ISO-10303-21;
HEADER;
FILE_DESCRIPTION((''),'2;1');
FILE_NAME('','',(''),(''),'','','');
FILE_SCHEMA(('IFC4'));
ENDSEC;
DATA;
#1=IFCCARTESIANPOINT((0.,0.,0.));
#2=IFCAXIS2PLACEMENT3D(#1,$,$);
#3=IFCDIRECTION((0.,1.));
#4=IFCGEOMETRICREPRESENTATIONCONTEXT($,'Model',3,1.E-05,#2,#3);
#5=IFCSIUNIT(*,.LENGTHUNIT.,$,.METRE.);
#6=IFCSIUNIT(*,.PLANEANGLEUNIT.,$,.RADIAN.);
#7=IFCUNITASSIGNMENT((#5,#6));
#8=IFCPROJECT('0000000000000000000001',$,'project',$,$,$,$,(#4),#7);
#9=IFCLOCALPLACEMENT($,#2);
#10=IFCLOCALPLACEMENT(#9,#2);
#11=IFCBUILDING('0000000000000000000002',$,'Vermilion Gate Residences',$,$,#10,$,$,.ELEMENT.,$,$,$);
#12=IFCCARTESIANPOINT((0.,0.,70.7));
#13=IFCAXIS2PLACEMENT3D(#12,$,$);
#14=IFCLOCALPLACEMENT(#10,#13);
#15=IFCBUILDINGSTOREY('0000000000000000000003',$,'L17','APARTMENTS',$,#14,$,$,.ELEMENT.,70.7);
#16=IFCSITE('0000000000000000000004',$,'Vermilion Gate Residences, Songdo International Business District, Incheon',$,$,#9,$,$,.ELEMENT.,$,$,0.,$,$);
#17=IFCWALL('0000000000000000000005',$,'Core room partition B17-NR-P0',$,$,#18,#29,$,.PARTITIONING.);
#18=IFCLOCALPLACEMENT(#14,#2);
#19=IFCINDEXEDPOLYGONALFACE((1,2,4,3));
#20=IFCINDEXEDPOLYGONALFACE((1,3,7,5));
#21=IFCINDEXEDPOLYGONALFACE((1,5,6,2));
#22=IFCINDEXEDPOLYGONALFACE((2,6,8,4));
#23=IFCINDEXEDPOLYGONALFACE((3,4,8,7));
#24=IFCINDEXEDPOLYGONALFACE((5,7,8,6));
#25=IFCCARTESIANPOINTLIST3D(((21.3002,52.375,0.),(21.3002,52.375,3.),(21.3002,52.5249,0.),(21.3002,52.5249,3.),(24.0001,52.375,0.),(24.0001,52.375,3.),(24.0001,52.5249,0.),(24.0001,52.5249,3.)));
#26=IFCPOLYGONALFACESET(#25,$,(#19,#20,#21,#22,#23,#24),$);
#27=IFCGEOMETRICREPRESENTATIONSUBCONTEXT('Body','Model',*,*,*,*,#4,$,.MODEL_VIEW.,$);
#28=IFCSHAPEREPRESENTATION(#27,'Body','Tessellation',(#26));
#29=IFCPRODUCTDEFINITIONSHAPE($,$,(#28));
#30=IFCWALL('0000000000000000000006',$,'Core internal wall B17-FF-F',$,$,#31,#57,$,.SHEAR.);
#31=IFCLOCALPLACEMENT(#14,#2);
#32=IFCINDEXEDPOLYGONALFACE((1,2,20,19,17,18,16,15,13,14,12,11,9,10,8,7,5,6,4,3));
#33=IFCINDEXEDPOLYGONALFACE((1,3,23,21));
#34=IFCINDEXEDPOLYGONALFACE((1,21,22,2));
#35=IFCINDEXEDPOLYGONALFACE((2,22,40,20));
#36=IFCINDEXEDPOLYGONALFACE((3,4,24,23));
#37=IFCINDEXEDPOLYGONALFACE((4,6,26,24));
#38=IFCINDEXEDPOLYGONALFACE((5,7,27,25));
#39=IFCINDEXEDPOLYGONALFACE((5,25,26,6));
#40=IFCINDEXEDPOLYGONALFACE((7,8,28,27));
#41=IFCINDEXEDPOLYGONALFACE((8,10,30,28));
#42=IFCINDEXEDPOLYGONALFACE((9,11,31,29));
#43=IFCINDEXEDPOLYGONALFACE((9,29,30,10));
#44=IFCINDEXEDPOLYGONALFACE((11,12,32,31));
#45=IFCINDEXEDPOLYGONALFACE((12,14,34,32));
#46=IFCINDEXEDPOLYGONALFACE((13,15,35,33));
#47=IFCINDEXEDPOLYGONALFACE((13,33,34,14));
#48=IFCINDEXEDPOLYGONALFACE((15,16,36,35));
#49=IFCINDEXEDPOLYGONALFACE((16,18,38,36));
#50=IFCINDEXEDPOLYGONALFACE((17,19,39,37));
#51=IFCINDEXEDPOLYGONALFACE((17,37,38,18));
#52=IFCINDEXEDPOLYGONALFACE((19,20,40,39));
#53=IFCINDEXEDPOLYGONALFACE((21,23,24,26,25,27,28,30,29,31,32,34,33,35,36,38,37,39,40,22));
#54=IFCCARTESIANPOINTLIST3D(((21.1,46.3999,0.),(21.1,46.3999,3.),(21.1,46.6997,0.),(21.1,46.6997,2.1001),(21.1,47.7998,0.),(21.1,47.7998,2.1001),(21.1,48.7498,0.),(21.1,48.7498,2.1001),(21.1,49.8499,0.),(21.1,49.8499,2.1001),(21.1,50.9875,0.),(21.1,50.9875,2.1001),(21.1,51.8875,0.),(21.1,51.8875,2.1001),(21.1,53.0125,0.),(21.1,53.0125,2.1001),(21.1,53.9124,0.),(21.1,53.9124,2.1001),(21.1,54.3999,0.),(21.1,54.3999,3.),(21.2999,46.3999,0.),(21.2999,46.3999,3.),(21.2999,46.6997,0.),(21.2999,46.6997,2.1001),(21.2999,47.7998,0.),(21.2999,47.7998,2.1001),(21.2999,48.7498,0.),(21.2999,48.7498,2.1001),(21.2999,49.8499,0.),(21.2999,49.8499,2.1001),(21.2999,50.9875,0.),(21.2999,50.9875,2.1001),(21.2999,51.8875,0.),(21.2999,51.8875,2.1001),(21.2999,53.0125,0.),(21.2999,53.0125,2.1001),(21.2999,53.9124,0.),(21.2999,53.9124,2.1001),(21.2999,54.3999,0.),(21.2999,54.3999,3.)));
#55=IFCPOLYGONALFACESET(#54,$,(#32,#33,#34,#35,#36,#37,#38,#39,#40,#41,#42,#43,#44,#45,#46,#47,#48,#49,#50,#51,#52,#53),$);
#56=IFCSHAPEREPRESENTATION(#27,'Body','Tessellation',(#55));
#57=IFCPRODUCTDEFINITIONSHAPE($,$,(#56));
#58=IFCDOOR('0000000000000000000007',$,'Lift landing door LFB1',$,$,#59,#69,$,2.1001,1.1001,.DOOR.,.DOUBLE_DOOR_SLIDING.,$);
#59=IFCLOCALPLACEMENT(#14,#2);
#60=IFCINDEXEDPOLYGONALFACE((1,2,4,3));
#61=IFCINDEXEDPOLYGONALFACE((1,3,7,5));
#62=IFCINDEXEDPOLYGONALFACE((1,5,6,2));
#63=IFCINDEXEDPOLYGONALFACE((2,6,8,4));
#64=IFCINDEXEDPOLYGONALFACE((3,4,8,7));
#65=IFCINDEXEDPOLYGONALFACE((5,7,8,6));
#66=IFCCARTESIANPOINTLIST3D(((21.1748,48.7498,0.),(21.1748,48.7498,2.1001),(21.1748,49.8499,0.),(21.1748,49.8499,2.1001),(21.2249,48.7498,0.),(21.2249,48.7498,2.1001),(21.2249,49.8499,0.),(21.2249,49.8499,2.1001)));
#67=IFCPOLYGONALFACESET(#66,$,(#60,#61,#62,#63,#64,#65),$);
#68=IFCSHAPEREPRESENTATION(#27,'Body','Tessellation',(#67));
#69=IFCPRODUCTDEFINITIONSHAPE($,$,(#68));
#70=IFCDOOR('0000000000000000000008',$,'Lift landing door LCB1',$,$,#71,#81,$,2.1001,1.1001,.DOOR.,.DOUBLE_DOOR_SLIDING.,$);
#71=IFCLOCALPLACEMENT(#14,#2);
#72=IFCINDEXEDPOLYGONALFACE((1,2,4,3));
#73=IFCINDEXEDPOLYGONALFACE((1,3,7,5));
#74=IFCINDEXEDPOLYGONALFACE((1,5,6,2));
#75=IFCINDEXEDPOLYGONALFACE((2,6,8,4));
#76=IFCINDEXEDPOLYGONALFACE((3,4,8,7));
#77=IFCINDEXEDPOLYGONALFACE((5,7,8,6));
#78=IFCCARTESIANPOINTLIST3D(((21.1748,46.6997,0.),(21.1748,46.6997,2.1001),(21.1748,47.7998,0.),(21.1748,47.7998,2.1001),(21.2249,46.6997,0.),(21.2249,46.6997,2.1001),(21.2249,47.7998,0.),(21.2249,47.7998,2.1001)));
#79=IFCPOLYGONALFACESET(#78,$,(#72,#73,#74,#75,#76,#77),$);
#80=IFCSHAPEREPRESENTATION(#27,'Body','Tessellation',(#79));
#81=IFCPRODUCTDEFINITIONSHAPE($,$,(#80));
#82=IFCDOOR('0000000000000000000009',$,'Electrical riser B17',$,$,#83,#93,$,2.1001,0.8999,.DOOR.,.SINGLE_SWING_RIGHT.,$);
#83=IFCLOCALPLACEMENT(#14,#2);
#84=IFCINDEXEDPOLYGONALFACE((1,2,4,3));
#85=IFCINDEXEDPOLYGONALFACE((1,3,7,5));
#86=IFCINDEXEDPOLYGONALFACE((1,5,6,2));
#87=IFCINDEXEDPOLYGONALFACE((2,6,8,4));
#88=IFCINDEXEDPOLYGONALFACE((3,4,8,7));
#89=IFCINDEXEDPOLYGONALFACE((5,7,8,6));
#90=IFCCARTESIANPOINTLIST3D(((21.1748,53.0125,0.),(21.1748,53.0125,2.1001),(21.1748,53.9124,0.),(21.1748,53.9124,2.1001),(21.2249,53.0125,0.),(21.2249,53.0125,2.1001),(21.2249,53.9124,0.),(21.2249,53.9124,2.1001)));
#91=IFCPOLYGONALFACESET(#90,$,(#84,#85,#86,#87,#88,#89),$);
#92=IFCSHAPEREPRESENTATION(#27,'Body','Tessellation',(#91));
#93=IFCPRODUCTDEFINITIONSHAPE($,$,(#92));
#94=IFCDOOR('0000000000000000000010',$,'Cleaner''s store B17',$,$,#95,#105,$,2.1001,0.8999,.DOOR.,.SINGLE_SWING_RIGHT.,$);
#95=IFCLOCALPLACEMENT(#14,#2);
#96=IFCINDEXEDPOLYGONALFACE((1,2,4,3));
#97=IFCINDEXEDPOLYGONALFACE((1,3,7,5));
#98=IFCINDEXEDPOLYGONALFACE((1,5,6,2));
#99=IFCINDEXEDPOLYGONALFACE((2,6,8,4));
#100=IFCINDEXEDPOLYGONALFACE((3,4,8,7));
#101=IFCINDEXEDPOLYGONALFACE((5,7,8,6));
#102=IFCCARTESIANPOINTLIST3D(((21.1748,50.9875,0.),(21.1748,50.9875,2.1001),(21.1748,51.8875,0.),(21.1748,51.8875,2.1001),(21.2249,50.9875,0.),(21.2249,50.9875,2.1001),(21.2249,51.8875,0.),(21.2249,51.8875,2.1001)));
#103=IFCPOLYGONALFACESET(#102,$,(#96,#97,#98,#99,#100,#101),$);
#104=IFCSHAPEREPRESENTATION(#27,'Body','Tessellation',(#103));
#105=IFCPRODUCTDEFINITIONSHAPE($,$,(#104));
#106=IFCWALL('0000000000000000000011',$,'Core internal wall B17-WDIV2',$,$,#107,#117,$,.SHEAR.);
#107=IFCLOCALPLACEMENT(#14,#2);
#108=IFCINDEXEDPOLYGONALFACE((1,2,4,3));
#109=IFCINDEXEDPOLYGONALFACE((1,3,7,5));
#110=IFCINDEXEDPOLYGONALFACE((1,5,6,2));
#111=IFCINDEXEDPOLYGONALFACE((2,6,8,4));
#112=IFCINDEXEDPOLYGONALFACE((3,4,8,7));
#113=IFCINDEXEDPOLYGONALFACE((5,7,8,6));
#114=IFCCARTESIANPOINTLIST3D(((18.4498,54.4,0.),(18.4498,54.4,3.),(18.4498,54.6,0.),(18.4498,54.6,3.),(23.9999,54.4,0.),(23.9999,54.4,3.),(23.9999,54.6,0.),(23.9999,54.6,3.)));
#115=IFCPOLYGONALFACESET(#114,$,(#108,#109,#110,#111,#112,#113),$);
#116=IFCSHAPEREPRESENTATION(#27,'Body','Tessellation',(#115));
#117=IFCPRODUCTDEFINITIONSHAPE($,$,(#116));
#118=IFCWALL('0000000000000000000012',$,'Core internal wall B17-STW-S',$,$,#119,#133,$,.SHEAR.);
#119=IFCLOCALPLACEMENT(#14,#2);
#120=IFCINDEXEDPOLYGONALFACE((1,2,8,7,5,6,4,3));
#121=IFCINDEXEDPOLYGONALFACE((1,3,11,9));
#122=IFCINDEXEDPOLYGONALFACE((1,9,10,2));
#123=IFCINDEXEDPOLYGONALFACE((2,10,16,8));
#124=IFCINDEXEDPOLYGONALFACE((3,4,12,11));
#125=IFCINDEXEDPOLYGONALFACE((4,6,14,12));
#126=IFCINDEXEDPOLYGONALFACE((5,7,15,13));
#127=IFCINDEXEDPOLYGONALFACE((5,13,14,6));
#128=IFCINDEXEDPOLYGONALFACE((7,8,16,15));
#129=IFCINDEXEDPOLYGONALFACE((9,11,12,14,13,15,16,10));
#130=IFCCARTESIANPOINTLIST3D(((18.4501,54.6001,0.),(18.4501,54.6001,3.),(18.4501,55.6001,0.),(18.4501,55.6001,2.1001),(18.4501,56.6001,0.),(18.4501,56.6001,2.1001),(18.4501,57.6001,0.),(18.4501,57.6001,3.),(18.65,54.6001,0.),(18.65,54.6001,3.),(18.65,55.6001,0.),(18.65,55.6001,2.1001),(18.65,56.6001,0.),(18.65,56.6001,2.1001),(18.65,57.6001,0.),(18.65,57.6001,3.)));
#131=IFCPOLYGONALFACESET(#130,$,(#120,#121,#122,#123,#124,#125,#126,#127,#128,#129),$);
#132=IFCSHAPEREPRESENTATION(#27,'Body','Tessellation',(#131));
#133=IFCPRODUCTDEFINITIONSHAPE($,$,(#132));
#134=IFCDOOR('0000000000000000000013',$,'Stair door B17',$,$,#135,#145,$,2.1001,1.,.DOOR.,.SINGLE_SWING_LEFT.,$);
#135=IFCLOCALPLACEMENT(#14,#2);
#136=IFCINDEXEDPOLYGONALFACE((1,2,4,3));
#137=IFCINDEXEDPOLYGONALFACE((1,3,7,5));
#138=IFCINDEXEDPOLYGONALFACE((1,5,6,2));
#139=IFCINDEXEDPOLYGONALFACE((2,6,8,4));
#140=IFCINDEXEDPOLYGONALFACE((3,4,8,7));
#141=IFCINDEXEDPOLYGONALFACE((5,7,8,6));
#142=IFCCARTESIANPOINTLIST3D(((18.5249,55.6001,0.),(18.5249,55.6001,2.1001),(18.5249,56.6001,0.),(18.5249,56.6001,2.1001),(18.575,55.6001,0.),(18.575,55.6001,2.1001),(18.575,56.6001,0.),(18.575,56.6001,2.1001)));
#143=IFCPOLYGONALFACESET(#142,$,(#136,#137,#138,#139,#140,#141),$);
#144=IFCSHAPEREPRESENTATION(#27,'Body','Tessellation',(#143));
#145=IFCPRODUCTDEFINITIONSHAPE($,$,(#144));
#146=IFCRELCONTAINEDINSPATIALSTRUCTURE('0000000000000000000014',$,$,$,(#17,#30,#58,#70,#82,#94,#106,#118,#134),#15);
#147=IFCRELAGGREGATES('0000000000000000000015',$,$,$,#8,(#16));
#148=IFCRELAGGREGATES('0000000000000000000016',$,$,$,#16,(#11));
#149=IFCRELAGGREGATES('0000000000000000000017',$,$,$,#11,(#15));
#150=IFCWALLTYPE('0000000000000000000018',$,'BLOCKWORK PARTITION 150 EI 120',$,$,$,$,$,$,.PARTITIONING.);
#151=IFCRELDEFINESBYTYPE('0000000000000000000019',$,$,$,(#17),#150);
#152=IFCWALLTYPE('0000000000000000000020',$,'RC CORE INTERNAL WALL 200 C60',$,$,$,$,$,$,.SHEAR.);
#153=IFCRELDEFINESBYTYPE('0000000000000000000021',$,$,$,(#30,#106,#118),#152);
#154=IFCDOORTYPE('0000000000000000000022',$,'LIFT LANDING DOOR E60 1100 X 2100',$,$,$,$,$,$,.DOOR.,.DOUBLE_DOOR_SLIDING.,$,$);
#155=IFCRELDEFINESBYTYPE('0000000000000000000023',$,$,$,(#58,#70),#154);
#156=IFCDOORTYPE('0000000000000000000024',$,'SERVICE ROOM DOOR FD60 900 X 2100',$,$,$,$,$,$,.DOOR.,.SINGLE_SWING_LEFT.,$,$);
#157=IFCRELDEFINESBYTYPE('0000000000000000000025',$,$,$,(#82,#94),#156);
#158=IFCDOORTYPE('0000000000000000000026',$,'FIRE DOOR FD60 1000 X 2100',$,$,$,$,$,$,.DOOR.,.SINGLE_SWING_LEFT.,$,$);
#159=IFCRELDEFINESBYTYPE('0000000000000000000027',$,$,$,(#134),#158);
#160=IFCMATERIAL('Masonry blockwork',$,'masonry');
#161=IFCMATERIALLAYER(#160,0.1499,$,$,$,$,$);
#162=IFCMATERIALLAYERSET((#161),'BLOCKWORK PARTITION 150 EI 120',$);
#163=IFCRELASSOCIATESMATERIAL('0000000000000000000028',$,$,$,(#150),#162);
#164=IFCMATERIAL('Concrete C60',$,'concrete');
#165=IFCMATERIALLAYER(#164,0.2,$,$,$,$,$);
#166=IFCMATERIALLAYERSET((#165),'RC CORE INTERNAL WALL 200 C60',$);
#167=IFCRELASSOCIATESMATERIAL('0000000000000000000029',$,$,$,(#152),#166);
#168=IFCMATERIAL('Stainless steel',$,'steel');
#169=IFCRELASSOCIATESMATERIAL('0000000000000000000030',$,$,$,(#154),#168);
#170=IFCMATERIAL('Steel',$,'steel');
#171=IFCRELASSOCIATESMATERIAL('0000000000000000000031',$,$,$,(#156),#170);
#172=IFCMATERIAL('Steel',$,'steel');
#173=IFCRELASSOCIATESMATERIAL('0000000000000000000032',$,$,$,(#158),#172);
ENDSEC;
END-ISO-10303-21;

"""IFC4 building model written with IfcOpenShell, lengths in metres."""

from ifc_helpers import new_model, si_unit, direction, frame, frame_2d, origin, place, context, subcontext, project, spatial, rectangle, extrude, material, layer, layer_set, type_object, element, fill, save


model = new_model("IFC4")

# Units and contexts
model_context = context("Model", 3, precision=1e-05, world=origin(), true_north=direction((0.0, 1.0)))
body_context = subcontext(model_context, "Body", "Model", "MODEL_VIEW")
ifc_project = project(units=[si_unit("LENGTHUNIT", "METRE"), si_unit("PLANEANGLEUNIT", "RADIAN")], contexts=[model_context])

# Site, building, storey
site_placement = place(None, origin())
site = spatial("IfcSite", under=ifc_project, at=site_placement, Name="Vermilion Gate Residences, Songdo International Business District, Incheon", CompositionType="ELEMENT", RefElevation=0.0)
building_placement = place(site_placement, origin())
building = spatial("IfcBuilding", under=site, at=building_placement, Name="Vermilion Gate Residences", CompositionType="ELEMENT")
storey_placement = place(building_placement, frame((0.0, 0.0, 70.7)))
storey = spatial("IfcBuildingStorey", under=building, at=storey_placement, Name="L17", Description="APARTMENTS", CompositionType="ELEMENT", Elevation=70.7)

# Wall
ifc_material_1 = material(Name="Masonry blockwork", Category="masonry")
ifc_layer_1 = layer(ifc_material_1, 0.1499)
ifc_layer_set_1 = layer_set([ifc_layer_1], Name="BLOCKWORK PARTITION 150 EI 120")
wall_type_1 = type_object("IfcWallType", Name="BLOCKWORK PARTITION 150 EI 120", PredefinedType="PARTITIONING", material=ifc_layer_set_1)
wall_1_placement = place(storey_placement, frame((21.3, 52.45, 0.0), z_axis=(0.0, 0.0, 1.0), x_axis=(1.0, 0.0, 0.0)))
element("IfcWall", 1, at=wall_1_placement, inside=storey, type_object=wall_type_1, Name="Core room partition B17-NR-P0", PredefinedType="PARTITIONING", context=body_context, shape_type="SweptSolid", body=[
    extrude(rectangle(XDim=2.7, YDim=0.1499, at=frame_2d((1.3501, 0.0))), origin(), (0.0, 0.0, 1.0), 3.0),
])

# Wall, openings, doors
ifc_material_2 = material(Name="Concrete C60", Category="concrete")
ifc_layer_2 = layer(ifc_material_2, 0.2)
ifc_layer_set_2 = layer_set([ifc_layer_2], Name="RC CORE INTERNAL WALL 200 C60")
wall_type_2 = type_object("IfcWallType", Name="RC CORE INTERNAL WALL 200 C60", PredefinedType="SHEAR", material=ifc_layer_set_2)
wall_2_placement = place(storey_placement, frame((21.2, 54.3999, 0.0), z_axis=(0.0, 0.0, 1.0), x_axis=(0.0, -1.0, 0.0)))
wall_2 = element("IfcWall", 2, at=wall_2_placement, inside=storey, type_object=wall_type_2, Name="Core internal wall B17-FF-F", PredefinedType="SHEAR", context=body_context, shape_type="SweptSolid", body=[
    extrude(rectangle(XDim=8.0, YDim=0.2, at=frame_2d((4.0, 0.0))), origin(), (0.0, 0.0, 1.0), 3.0),
])
opening_1_placement = place(wall_2_placement, frame((0.4875, 0.0, 0.0)))
opening_1 = element("IfcOpeningElement", 3, at=opening_1_placement, cuts=wall_2, PredefinedType="OPENING", context=body_context, shape_type="SweptSolid", body=[
    extrude(rectangle(XDim=0.8999, YDim=2.1001, at=frame_2d((0.45, 1.05))), frame((0.0, 0.1099, 0.0), z_axis=(0.0, -1.0, 0.0), x_axis=(1.0, 0.0, 0.0)), (0.0, 0.0, 1.0), 0.22),
])
opening_2_placement = place(wall_2_placement, frame((2.5125, 0.0, 0.0)))
opening_2 = element("IfcOpeningElement", 4, at=opening_2_placement, cuts=wall_2, PredefinedType="OPENING", context=body_context, shape_type="SweptSolid", body=[
    extrude(rectangle(XDim=0.8999, YDim=2.1001, at=frame_2d((0.45, 1.05))), frame((0.0, 0.1099, 0.0), z_axis=(0.0, -1.0, 0.0), x_axis=(1.0, 0.0, 0.0)), (0.0, 0.0, 1.0), 0.22),
])
opening_3_placement = place(wall_2_placement, frame((4.55, 0.0, 0.0)))
opening_3 = element("IfcOpeningElement", 5, at=opening_3_placement, cuts=wall_2, PredefinedType="OPENING", context=body_context, shape_type="SweptSolid", body=[
    extrude(rectangle(XDim=1.1001, YDim=2.1001, at=frame_2d((0.55, 1.05))), frame((0.0, 0.1099, 0.0), z_axis=(0.0, -1.0, 0.0), x_axis=(1.0, 0.0, 0.0)), (0.0, 0.0, 1.0), 0.22),
])
opening_4_placement = place(wall_2_placement, frame((6.6001, 0.0, 0.0)))
opening_4 = element("IfcOpeningElement", 6, at=opening_4_placement, cuts=wall_2, PredefinedType="OPENING", context=body_context, shape_type="SweptSolid", body=[
    extrude(rectangle(XDim=1.1001, YDim=2.1001, at=frame_2d((0.55, 1.05))), frame((0.0, 0.1099, 0.0), z_axis=(0.0, -1.0, 0.0), x_axis=(1.0, 0.0, 0.0)), (0.0, 0.0, 1.0), 0.22),
])
ifc_material_3 = material(Name="Stainless steel", Category="steel")
door_type_1 = type_object("IfcDoorType", Name="LIFT LANDING DOOR E60 1100 X 2100", OperationType="DOUBLE_DOOR_SLIDING", PredefinedType="DOOR", material=ifc_material_3)
door_1_placement = place(opening_3_placement, origin())
door_1 = element("IfcDoor", 7, at=door_1_placement, inside=storey, type_object=door_type_1, Name="Lift landing door LFB1", OperationType="DOUBLE_DOOR_SLIDING", OverallHeight=2.1001, OverallWidth=1.1001, PredefinedType="DOOR", context=body_context, shape_type="SweptSolid", body=[
    extrude(rectangle(XDim=1.1001, YDim=2.1001, at=frame_2d((0.55, 1.05))), frame((0.0, 0.0249, 0.0), z_axis=(0.0, -1.0, 0.0), x_axis=(1.0, 0.0, 0.0)), (0.0, 0.0, 1.0), 0.05),
])
fill(opening_3, door_1)
door_2_placement = place(opening_4_placement, origin())
door_2 = element("IfcDoor", 8, at=door_2_placement, inside=storey, type_object=door_type_1, Name="Lift landing door LCB1", OperationType="DOUBLE_DOOR_SLIDING", OverallHeight=2.1001, OverallWidth=1.1001, PredefinedType="DOOR", context=body_context, shape_type="SweptSolid", body=[
    extrude(rectangle(XDim=1.1001, YDim=2.1001, at=frame_2d((0.55, 1.05))), frame((0.0, 0.0249, 0.0), z_axis=(0.0, -1.0, 0.0), x_axis=(1.0, 0.0, 0.0)), (0.0, 0.0, 1.0), 0.05),
])
fill(opening_4, door_2)
ifc_material_4 = material(Name="Steel", Category="steel")
door_type_2 = type_object("IfcDoorType", Name="SERVICE ROOM DOOR FD60 900 X 2100", OperationType="SINGLE_SWING_LEFT", PredefinedType="DOOR", material=ifc_material_4)
door_3_placement = place(opening_1_placement, origin())
door_3 = element("IfcDoor", 9, at=door_3_placement, inside=storey, type_object=door_type_2, Name="Electrical riser B17", OperationType="SINGLE_SWING_RIGHT", OverallHeight=2.1001, OverallWidth=0.8999, PredefinedType="DOOR", context=body_context, shape_type="SweptSolid", body=[
    extrude(rectangle(XDim=0.8999, YDim=2.1001, at=frame_2d((0.45, 1.05))), frame((0.0, 0.0249, 0.0), z_axis=(0.0, -1.0, 0.0), x_axis=(1.0, 0.0, 0.0)), (0.0, 0.0, 1.0), 0.05),
])
fill(opening_1, door_3)
door_4_placement = place(opening_2_placement, origin())
door_4 = element("IfcDoor", 10, at=door_4_placement, inside=storey, type_object=door_type_2, Name="Cleaner's store B17", OperationType="SINGLE_SWING_RIGHT", OverallHeight=2.1001, OverallWidth=0.8999, PredefinedType="DOOR", context=body_context, shape_type="SweptSolid", body=[
    extrude(rectangle(XDim=0.8999, YDim=2.1001, at=frame_2d((0.45, 1.05))), frame((0.0, 0.0249, 0.0), z_axis=(0.0, -1.0, 0.0), x_axis=(1.0, 0.0, 0.0)), (0.0, 0.0, 1.0), 0.05),
])
fill(opening_2, door_4)

# Wall
wall_3_placement = place(storey_placement, frame((18.45, 54.5, 0.0), z_axis=(0.0, 0.0, 1.0), x_axis=(1.0, 0.0, 0.0)))
element("IfcWall", 11, at=wall_3_placement, inside=storey, type_object=wall_type_2, Name="Core internal wall B17-WDIV2", PredefinedType="SHEAR", context=body_context, shape_type="SweptSolid", body=[
    extrude(rectangle(XDim=5.55, YDim=0.2, at=frame_2d((2.7749, 0.0))), origin(), (0.0, 0.0, 1.0), 3.0),
])

# Wall, opening, door
wall_4_placement = place(storey_placement, frame((18.55, 57.6001, 0.0), z_axis=(0.0, 0.0, 1.0), x_axis=(0.0, -1.0, 0.0)))
wall_4 = element("IfcWall", 12, at=wall_4_placement, inside=storey, type_object=wall_type_2, Name="Core internal wall B17-STW-S", PredefinedType="SHEAR", context=body_context, shape_type="SweptSolid", body=[
    extrude(rectangle(XDim=3.0, YDim=0.2, at=frame_2d((1.5, 0.0))), origin(), (0.0, 0.0, 1.0), 3.0),
])
opening_5_placement = place(wall_4_placement, frame((1.0, 0.0, 0.0)))
opening_5 = element("IfcOpeningElement", 13, at=opening_5_placement, cuts=wall_4, PredefinedType="OPENING", context=body_context, shape_type="SweptSolid", body=[
    extrude(rectangle(XDim=1.0, YDim=2.1001, at=frame_2d((0.5, 1.05))), frame((0.0, 0.1099, 0.0), z_axis=(0.0, -1.0, 0.0), x_axis=(1.0, 0.0, 0.0)), (0.0, 0.0, 1.0), 0.22),
])
ifc_material_5 = material(Name="Steel", Category="steel")
door_type_3 = type_object("IfcDoorType", Name="FIRE DOOR FD60 1000 X 2100", OperationType="SINGLE_SWING_LEFT", PredefinedType="DOOR", material=ifc_material_5)
door_5_placement = place(opening_5_placement, origin())
door_5 = element("IfcDoor", 14, at=door_5_placement, inside=storey, type_object=door_type_3, Name="Stair door B17", OperationType="SINGLE_SWING_LEFT", OverallHeight=2.1001, OverallWidth=1.0, PredefinedType="DOOR", context=body_context, shape_type="SweptSolid", body=[
    extrude(rectangle(XDim=1.0, YDim=2.1001, at=frame_2d((0.5, 1.05))), frame((0.0, 0.0249, 0.0), z_axis=(0.0, -1.0, 0.0), x_axis=(1.0, 0.0, 0.0)), (0.0, 0.0, 1.0), 0.05),
])
fill(opening_5, door_5)

save(model, "model.ifc")
